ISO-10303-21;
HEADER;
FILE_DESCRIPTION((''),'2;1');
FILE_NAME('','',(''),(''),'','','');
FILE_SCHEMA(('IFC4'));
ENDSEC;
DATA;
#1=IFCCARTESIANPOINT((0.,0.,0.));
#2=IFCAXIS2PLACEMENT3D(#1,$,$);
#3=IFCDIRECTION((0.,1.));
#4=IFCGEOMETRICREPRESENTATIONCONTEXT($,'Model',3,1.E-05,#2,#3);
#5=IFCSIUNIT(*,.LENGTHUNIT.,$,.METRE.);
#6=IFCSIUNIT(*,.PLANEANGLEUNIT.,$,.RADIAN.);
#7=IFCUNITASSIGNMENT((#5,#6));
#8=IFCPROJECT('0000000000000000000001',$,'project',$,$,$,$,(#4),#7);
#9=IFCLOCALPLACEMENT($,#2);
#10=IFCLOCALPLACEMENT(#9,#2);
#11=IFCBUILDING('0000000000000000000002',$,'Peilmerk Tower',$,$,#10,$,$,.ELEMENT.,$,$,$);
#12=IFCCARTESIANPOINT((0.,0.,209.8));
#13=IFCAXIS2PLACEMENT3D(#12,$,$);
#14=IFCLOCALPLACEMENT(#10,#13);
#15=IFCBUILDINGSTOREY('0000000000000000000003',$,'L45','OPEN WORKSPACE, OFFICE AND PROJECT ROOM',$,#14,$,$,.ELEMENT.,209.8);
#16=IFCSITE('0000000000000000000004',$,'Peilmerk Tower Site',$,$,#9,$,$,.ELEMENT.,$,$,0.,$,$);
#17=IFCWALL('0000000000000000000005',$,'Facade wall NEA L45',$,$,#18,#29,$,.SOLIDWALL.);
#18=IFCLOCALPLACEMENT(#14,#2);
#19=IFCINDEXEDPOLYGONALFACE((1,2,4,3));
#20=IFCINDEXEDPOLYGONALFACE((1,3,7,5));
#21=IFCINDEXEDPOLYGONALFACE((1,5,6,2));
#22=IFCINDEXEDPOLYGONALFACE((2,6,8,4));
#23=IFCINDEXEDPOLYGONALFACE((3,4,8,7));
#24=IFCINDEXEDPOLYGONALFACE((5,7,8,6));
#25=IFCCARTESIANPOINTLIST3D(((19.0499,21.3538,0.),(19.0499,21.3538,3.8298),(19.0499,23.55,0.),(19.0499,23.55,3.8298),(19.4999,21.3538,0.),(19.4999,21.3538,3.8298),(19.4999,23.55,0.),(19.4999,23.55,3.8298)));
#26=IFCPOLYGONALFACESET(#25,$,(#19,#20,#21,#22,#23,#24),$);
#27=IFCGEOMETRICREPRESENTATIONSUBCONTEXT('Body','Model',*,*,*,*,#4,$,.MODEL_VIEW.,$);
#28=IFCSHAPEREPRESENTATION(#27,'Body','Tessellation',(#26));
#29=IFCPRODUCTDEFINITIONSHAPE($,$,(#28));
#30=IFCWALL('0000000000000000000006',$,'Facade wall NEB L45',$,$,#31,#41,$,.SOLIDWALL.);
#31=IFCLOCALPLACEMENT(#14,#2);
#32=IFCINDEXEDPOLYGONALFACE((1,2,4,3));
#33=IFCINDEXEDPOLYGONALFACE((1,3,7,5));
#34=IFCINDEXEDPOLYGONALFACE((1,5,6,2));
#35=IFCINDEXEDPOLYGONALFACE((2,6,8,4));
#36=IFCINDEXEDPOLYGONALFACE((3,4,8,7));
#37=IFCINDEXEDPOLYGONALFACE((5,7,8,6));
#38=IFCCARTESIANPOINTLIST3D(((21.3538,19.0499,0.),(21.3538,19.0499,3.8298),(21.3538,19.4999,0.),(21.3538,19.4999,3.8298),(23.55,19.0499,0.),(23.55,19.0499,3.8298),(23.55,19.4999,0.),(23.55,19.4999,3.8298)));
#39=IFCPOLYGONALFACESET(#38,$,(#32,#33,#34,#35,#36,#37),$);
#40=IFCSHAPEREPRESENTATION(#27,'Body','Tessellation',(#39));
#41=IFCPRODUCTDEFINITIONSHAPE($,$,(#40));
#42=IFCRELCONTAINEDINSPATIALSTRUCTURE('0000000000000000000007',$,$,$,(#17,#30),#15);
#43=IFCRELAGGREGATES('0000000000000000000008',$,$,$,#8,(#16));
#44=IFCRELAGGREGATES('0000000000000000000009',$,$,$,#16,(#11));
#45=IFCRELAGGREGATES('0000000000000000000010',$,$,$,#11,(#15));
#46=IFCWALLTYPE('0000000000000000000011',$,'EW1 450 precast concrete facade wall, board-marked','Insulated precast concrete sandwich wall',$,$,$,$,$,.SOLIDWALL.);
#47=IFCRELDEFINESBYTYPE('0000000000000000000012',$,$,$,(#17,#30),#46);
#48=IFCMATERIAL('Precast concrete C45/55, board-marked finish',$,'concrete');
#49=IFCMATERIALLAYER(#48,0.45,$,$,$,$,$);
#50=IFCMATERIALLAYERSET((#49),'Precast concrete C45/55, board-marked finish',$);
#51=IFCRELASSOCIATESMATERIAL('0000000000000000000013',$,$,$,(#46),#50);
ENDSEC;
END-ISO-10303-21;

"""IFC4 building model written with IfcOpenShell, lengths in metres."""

from ifc_helpers import new_model, si_unit, direction, frame, frame_2d, origin, place, context, subcontext, project, spatial, rectangle, extrude, material, layer, layer_set, type_object, element, save


model = new_model("IFC4")

# Units and contexts
model_context = context("Model", 3, precision=1e-05, world=origin(), true_north=direction((0.0, 1.0)))
body_context = subcontext(model_context, "Body", "Model", "MODEL_VIEW")
ifc_project = project(units=[si_unit("LENGTHUNIT", "METRE"), si_unit("PLANEANGLEUNIT", "RADIAN")], contexts=[model_context])

# Site, building, storey
site_placement = place(None, origin())
site = spatial("IfcSite", under=ifc_project, at=site_placement, Name="Peilmerk Tower Site", CompositionType="ELEMENT", RefElevation=0.0)
building_placement = place(site_placement, origin())
building = spatial("IfcBuilding", under=site, at=building_placement, Name="Peilmerk Tower", CompositionType="ELEMENT")
storey_placement = place(building_placement, frame((0.0, 0.0, 209.8)))
storey = spatial("IfcBuildingStorey", under=building, at=storey_placement, Name="L45", Description="OPEN WORKSPACE, OFFICE AND PROJECT ROOM", CompositionType="ELEMENT", Elevation=209.8)

# Shared definitions
ifc_material_1 = material(Name="Precast concrete C45/55, board-marked finish", Category="concrete")
ifc_layer_1 = layer(ifc_material_1, 0.45)
ifc_layer_set_1 = layer_set([ifc_layer_1], Name="Precast concrete C45/55, board-marked finish")
wall_type = type_object("IfcWallType", Name="EW1 450 precast concrete facade wall, board-marked", Description="Insulated precast concrete sandwich wall", PredefinedType="SOLIDWALL", material=ifc_layer_set_1)

# Walls
for number, where, z_axis, x_axis, name in (
    (1, (19.2749, 21.3538, 0.0), (0.0, 0.0, 1.0), (0.0, 1.0, 0.0), "Facade wall NEA L45"),
    (2, (21.3538, 19.2749, 0.0), (0.0, 0.0, 1.0), (1.0, 0.0, 0.0), "Facade wall NEB L45"),
):
    element("IfcWall", number, at=place(storey_placement, frame(where, z_axis=z_axis, x_axis=x_axis)), inside=storey, type_object=wall_type, Name=name, PredefinedType="SOLIDWALL", context=body_context, shape_type="SweptSolid", body=[
        extrude(rectangle(XDim=2.1963, YDim=0.45, at=frame_2d((1.0981, 0.0))), origin(), (0.0, 0.0, 1.0), 3.8298),
    ])

save(model, "model.ifc")
